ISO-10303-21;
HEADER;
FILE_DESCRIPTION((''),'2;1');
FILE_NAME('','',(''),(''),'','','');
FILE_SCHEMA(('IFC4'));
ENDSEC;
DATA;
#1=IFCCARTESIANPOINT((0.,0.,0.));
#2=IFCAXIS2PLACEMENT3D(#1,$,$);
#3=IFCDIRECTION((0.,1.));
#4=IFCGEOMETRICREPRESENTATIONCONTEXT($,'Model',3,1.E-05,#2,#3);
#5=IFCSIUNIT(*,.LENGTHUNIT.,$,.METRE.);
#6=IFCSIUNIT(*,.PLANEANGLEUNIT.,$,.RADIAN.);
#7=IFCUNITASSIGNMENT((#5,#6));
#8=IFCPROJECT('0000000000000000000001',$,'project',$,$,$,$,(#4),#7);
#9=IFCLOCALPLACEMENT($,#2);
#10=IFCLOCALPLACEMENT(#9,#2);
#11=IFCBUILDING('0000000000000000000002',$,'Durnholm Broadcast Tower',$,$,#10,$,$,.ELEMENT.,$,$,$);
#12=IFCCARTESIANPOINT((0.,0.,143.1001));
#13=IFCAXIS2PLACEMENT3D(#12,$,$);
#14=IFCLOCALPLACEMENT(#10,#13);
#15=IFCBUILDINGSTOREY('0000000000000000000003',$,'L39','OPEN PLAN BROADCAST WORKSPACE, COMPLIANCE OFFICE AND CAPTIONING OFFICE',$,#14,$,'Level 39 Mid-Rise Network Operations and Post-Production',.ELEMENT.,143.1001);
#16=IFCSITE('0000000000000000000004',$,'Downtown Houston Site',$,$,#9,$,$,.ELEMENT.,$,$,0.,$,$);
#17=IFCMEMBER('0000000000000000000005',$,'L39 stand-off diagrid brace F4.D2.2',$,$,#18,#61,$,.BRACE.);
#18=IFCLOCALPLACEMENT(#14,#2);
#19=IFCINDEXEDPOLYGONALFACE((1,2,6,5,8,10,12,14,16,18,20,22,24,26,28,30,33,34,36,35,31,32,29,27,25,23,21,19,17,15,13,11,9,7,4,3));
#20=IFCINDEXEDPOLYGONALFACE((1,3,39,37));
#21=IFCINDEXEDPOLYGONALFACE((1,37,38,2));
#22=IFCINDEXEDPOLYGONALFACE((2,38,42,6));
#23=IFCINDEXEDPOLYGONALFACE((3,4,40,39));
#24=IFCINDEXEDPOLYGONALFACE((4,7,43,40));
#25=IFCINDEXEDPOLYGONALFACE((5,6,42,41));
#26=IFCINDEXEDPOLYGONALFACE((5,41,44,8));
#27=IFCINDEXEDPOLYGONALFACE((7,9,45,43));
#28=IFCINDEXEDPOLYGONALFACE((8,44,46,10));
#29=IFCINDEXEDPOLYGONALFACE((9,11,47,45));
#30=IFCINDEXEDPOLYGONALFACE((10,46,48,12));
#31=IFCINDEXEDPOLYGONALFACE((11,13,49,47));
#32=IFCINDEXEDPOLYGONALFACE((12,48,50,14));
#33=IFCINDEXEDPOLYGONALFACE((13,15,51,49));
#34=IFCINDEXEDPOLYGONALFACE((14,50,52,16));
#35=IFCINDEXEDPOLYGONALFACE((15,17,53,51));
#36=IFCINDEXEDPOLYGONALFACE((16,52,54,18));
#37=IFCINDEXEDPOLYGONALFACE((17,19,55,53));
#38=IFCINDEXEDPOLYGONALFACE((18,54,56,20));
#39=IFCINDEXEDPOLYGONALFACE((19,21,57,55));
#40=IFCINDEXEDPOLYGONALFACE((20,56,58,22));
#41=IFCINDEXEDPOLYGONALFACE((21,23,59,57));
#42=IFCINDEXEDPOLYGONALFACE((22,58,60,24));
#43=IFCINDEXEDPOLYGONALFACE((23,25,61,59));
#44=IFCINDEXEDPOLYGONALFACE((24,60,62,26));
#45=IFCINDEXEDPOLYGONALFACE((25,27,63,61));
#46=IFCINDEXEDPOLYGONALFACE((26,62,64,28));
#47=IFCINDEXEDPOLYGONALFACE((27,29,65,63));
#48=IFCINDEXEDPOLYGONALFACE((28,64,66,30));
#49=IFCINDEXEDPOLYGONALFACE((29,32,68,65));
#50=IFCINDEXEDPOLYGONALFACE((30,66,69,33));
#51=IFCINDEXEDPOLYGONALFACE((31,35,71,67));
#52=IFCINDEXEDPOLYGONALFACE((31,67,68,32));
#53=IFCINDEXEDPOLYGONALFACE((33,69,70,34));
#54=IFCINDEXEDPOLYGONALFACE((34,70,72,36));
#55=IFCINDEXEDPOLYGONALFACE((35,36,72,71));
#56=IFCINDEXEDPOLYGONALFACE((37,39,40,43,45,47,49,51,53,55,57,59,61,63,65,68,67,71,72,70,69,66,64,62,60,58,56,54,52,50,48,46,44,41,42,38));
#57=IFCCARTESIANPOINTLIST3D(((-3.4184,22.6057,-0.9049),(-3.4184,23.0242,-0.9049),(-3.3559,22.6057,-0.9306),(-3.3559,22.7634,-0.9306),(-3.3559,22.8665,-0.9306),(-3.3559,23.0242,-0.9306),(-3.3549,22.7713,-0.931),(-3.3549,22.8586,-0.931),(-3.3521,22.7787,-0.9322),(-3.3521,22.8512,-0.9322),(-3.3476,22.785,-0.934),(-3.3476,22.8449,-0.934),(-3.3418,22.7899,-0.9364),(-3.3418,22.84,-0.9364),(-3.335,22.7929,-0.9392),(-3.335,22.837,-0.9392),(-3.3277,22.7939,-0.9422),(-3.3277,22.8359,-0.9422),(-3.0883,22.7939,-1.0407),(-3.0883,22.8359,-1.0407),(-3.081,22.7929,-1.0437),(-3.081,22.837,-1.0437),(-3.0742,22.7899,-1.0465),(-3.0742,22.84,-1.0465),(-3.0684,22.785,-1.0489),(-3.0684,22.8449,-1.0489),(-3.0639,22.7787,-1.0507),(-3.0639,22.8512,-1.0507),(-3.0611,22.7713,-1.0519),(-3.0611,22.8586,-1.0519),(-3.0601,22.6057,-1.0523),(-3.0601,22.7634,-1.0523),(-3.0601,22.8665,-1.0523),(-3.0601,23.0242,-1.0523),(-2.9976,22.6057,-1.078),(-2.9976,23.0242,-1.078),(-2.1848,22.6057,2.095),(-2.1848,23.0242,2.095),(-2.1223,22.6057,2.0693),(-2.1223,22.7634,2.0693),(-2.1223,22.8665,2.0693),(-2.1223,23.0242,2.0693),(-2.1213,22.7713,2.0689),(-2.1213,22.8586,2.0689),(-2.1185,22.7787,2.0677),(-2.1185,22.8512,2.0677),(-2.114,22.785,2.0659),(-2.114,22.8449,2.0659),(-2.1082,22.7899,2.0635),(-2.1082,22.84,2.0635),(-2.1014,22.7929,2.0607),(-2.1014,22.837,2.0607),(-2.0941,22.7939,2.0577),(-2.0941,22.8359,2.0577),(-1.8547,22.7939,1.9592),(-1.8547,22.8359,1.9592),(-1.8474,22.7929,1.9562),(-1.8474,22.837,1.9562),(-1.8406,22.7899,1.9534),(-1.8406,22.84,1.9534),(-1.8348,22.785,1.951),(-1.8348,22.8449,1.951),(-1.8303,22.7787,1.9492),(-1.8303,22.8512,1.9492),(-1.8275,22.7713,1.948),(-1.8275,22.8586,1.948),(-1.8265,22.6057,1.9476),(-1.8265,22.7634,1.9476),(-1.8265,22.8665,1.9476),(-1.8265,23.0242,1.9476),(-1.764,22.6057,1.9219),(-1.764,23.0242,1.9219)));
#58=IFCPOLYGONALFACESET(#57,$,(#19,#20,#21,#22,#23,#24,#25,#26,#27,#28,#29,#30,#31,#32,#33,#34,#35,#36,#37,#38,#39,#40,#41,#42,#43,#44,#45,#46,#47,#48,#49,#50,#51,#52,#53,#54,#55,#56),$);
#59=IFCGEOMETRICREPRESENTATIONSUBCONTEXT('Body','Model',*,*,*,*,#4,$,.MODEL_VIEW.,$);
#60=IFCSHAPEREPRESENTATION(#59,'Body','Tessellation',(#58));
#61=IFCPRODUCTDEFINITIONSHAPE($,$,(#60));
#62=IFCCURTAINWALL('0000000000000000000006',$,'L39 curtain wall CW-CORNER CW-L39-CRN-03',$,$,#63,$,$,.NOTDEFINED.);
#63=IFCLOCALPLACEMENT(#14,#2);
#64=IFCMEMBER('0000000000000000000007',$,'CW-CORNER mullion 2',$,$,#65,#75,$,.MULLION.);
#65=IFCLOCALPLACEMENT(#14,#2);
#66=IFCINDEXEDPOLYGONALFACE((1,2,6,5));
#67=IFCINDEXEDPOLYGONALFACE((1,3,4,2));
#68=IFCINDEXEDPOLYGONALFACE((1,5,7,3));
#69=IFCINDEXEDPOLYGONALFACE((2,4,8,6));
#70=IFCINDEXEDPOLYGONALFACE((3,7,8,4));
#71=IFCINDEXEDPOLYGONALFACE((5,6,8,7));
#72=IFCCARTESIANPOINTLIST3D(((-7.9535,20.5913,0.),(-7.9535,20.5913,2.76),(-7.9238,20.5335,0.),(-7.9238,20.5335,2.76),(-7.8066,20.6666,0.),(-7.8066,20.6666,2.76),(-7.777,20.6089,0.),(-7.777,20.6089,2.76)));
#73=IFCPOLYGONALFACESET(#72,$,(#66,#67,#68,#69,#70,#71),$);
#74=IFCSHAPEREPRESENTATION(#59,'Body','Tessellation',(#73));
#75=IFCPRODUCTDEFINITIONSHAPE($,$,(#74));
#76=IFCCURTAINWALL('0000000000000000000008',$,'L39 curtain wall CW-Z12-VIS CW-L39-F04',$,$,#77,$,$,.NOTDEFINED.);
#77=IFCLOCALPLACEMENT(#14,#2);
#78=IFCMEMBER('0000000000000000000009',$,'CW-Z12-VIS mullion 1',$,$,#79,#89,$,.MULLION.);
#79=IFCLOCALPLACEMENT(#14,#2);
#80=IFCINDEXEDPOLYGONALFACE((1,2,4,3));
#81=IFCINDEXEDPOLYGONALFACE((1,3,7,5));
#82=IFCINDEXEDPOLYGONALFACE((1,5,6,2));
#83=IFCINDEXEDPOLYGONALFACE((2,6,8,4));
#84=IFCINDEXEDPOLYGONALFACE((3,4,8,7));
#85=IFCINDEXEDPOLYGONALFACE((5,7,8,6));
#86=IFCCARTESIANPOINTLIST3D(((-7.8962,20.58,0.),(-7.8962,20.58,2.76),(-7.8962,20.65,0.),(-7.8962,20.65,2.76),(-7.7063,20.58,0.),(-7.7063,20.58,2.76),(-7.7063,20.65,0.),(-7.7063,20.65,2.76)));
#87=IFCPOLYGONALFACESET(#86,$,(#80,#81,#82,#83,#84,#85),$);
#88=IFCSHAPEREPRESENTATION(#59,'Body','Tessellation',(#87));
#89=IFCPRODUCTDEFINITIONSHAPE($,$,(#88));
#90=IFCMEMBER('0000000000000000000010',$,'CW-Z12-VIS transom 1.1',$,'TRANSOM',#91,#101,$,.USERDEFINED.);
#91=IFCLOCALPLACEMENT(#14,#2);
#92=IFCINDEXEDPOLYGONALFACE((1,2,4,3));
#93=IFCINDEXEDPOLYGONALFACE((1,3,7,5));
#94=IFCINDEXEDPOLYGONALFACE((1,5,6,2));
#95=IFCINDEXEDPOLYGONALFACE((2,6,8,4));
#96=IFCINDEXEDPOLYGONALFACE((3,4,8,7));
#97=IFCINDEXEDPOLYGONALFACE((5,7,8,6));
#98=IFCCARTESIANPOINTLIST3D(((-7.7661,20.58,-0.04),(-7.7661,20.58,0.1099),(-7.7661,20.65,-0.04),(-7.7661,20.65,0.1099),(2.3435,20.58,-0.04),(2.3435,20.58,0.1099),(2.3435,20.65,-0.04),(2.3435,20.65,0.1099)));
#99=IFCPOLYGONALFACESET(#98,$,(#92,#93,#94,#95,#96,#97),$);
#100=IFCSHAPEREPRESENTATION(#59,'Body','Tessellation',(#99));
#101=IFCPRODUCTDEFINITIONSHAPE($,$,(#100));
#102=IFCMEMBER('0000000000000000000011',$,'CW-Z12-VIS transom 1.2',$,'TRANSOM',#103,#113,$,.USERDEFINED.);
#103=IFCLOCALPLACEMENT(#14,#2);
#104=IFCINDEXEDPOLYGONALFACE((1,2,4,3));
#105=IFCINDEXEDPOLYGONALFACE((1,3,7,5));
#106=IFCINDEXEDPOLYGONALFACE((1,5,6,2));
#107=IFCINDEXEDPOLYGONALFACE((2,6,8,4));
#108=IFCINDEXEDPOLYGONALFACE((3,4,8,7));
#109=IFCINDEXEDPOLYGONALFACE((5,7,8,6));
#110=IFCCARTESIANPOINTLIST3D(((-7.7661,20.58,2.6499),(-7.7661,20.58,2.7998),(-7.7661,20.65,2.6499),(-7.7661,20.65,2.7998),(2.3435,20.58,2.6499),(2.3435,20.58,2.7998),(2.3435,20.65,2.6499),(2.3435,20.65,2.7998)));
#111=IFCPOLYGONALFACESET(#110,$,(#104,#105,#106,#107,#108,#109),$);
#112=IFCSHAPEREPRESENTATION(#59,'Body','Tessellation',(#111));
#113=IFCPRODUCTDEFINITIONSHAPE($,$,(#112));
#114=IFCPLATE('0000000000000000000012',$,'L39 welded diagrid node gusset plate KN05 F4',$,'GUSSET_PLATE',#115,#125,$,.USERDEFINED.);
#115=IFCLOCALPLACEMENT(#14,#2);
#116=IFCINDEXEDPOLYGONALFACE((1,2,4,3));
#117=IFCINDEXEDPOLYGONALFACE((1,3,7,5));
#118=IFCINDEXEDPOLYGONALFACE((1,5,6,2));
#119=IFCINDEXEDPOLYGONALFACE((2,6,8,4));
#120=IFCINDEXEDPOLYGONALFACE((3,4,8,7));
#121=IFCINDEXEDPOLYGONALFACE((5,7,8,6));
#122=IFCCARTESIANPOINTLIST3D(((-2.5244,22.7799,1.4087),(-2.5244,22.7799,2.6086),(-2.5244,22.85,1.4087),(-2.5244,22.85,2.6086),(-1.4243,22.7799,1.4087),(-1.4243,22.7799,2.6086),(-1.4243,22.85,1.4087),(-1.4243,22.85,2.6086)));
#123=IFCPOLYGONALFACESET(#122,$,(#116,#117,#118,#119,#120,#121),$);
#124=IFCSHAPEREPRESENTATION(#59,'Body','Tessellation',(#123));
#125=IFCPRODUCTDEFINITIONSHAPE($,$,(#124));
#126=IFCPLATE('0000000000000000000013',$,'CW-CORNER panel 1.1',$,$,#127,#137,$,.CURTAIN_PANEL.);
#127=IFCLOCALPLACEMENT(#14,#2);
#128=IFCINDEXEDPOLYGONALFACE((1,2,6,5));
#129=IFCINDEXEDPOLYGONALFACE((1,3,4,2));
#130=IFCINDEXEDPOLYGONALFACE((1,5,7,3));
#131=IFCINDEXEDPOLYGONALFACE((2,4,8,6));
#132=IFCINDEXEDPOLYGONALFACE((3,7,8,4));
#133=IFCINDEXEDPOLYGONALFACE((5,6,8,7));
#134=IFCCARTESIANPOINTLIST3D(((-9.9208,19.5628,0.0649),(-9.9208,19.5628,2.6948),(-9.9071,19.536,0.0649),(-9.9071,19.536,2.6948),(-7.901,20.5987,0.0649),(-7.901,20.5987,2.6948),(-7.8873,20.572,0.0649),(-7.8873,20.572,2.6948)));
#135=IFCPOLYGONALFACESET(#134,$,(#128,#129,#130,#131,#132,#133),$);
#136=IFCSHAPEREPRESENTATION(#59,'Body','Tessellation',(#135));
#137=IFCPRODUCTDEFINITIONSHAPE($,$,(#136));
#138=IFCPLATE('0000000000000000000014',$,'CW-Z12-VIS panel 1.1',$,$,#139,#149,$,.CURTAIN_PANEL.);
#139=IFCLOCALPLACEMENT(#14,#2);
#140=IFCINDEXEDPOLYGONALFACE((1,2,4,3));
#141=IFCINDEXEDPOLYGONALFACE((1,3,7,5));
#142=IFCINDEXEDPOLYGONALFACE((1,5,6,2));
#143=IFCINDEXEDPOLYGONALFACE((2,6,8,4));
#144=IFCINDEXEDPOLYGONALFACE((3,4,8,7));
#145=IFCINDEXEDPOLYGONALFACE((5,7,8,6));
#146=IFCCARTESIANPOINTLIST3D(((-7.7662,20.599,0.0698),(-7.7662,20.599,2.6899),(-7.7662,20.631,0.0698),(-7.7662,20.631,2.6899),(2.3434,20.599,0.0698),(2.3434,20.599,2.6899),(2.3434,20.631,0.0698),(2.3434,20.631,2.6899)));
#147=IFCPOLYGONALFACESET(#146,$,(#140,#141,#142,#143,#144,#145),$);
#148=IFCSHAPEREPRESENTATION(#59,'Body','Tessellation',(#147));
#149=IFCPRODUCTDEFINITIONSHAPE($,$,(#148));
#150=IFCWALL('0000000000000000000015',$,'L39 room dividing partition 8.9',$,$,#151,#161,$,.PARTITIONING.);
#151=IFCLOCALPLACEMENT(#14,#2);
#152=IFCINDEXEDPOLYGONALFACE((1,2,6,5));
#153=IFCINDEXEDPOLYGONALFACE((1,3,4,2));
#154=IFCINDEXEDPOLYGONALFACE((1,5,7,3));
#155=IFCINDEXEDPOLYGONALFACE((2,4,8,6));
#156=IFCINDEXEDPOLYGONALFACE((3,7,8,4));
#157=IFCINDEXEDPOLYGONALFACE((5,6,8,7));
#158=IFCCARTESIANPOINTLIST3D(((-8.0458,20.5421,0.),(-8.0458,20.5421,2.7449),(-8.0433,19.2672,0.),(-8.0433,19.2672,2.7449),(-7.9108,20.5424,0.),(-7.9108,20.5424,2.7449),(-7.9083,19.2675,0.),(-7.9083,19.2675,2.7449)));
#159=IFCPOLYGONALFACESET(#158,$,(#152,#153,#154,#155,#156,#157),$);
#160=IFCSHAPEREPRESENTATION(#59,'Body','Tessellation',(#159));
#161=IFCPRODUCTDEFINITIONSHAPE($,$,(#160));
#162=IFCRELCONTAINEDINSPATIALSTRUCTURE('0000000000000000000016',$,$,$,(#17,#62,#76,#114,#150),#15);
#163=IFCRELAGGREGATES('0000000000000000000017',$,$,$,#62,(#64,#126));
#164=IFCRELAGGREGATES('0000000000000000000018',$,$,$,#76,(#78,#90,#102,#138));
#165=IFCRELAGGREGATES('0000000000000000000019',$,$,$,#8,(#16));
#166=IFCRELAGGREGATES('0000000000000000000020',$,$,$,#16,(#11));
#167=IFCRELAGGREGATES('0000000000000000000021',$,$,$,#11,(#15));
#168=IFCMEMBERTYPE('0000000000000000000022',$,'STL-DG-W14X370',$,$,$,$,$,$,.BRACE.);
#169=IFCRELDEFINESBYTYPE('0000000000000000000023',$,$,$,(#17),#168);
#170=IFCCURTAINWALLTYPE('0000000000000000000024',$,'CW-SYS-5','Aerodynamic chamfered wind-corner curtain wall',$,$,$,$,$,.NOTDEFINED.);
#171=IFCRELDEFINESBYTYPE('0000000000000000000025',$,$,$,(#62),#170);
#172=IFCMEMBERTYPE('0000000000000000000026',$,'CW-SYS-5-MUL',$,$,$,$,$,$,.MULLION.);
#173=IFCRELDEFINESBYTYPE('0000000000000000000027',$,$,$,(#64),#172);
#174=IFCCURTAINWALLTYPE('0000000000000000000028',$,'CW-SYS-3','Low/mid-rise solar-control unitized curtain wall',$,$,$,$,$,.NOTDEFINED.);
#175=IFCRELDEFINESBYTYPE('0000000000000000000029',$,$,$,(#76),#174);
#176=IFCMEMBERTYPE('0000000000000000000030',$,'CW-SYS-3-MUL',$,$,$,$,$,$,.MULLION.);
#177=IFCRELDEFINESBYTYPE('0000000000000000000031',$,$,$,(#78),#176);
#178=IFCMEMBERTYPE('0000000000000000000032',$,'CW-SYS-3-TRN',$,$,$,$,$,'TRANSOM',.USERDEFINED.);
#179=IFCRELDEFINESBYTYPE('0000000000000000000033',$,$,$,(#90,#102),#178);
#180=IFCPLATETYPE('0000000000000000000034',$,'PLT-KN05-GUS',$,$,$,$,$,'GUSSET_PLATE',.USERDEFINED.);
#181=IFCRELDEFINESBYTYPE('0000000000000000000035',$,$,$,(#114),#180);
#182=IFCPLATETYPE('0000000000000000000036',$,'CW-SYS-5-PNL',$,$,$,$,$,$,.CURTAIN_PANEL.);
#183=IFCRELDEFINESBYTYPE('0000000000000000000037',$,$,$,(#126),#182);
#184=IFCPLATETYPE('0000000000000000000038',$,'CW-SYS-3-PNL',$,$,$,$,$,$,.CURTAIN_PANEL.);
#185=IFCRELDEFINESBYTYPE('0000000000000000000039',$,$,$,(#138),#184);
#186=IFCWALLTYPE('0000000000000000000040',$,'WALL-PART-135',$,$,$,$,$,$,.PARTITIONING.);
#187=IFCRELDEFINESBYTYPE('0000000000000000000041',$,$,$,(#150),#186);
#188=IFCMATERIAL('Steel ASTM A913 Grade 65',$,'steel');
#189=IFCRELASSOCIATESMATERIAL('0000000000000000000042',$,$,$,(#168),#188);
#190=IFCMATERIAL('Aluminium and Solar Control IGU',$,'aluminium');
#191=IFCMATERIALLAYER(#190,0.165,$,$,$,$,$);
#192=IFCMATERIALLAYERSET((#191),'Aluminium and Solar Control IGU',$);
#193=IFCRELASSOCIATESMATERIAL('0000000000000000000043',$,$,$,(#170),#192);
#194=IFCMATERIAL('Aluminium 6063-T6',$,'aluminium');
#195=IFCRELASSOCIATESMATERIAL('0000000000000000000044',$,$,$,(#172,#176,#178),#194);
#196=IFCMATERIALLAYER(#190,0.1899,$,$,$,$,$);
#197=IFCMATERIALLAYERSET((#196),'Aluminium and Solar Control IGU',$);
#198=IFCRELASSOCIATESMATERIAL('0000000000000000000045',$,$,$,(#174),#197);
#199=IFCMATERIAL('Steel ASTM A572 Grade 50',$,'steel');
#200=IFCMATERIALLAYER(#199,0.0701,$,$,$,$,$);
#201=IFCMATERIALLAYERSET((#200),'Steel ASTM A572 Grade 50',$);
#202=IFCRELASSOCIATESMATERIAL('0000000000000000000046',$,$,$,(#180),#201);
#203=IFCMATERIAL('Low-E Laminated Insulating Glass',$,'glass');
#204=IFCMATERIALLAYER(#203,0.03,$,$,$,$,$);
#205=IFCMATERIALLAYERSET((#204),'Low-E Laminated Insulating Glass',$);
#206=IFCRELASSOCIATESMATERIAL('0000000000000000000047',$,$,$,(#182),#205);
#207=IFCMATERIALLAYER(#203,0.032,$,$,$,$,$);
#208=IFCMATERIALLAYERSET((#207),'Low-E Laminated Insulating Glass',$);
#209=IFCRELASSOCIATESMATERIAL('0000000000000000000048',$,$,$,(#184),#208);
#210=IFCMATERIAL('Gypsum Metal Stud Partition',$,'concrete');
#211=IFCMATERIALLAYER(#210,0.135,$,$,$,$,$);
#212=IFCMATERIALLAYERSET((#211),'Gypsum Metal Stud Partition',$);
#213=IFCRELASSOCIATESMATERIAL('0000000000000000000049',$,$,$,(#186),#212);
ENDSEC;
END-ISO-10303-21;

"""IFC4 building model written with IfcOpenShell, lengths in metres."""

from ifc_helpers import new_model, si_unit, direction, frame, frame_2d, origin, origin_2d, place, context, subcontext, project, spatial, rectangle, i_section, extrude, source, transform, mapped, material, layer, layer_set, material_profile, profile_set, type_object, type_shapes, element, aggregate, save


model = new_model("IFC4")

# Units and contexts
model_context = context("Model", 3, precision=1e-05, world=origin(), true_north=direction((0.0, 1.0)))
body_context = subcontext(model_context, "Body", "Model", "MODEL_VIEW")
ifc_project = project(units=[si_unit("LENGTHUNIT", "METRE"), si_unit("PLANEANGLEUNIT", "RADIAN")], contexts=[model_context])

# Site, building, storey
site_placement = place(None, origin())
site = spatial("IfcSite", under=ifc_project, at=site_placement, Name="Downtown Houston Site", CompositionType="ELEMENT", RefElevation=0.0)
building_placement = place(site_placement, origin())
building = spatial("IfcBuilding", under=site, at=building_placement, Name="Durnholm Broadcast Tower", CompositionType="ELEMENT")
storey_placement = place(building_placement, frame((0.0, 0.0, 143.1001)))
storey = spatial("IfcBuildingStorey", under=building, at=storey_placement, Name="L39", Description="OPEN PLAN BROADCAST WORKSPACE, COMPLIANCE OFFICE AND CAPTIONING OFFICE", LongName="Level 39 Mid-Rise Network Operations and Post-Production", CompositionType="ELEMENT", Elevation=143.1001)

# Member
ifc_material_1 = material(Name="Steel ASTM A913 Grade 65", Category="steel")
ifc_material_profile_1 = material_profile(ifc_material_1, i_section(OverallWidth=0.4185, OverallDepth=0.4551, WebThickness=0.042, FlangeThickness=0.0676, FilletRadius=0.0305, at=origin_2d()), Name="W14X370")
ifc_profile_set_1 = profile_set([ifc_material_profile_1], Name="Steel ASTM A913 Grade 65")
member_type_1 = type_object("IfcMemberType", Name="STL-DG-W14X370", PredefinedType="BRACE", material=ifc_profile_set_1)
shared_shape_1 = source(origin(), body_context, "Body", "SweptSolid", [
    extrude(i_section(OverallWidth=0.4185, OverallDepth=0.4551, WebThickness=0.042, FlangeThickness=0.0676, FilletRadius=0.0305, at=origin_2d()), origin(), (0.0, 0.0, 1.0), 3.2437),
])
member_1_placement = place(storey_placement, frame((-3.208, 22.8149, -0.9915), z_axis=(0.380314, 0.0, 0.924857), x_axis=(0.0, 1.0, 0.0)))
element("IfcMember", 1, at=member_1_placement, inside=storey, type_object=member_type_1, Name="L39 stand-off diagrid brace F4.D2.2", PredefinedType="BRACE", context=body_context, shape_type="MappedRepresentation", body=[
    mapped(shared_shape_1, transform((0.0, 0.0, 0.0), x_axis=(1.0, 0.0, 0.0), y_axis=(0.0, 1.0, 0.0), z_axis=(0.0, 0.0, 1.0), scale=1.0)),
])

# Curtain wall, member
ifc_material_2 = material(Name="Aluminium and Solar Control IGU", Category="aluminium")
ifc_layer_1 = layer(ifc_material_2, 0.165)
ifc_layer_set_1 = layer_set([ifc_layer_1], Name="Aluminium and Solar Control IGU")
curtain_wall_type_1 = type_object("IfcCurtainWallType", Name="CW-SYS-5", Description="Aerodynamic chamfered wind-corner curtain wall", PredefinedType="NOTDEFINED", material=ifc_layer_set_1)
curtain_wall_1_placement = place(storey_placement, origin())
curtain_wall_1 = element("IfcCurtainWall", 2, at=curtain_wall_1_placement, inside=storey, type_object=curtain_wall_type_1, Name="L39 curtain wall CW-CORNER CW-L39-CRN-03", PredefinedType="NOTDEFINED")
ifc_material_3 = material(Name="Aluminium 6063-T6", Category="aluminium")
ifc_material_profile_2 = material_profile(ifc_material_3, rectangle(XDim=0.0649, YDim=0.165, at=origin_2d()), Name="CWM65X165")
ifc_profile_set_2 = profile_set([ifc_material_profile_2], Name="Aluminium 6063-T6")
member_type_2 = type_object("IfcMemberType", Name="CW-SYS-5-MUL", PredefinedType="MULLION", material=ifc_profile_set_2)
shared_shape_2 = source(origin(), body_context, "Body", "SweptSolid", [
    extrude(rectangle(XDim=0.0649, YDim=0.165, at=origin_2d()), origin(), (0.0, 0.0, 1.0), 2.76),
])
type_shapes(member_type_2, [shared_shape_2])
member_2_placement = place(storey_placement, frame((-7.8652, 20.6001, 0.0), z_axis=(0.0, 0.0, 1.0), x_axis=(-0.456373, 0.889788, 0.0)))
member_2 = element("IfcMember", 3, at=member_2_placement, type_object=member_type_2, Name="CW-CORNER mullion 2", PredefinedType="MULLION", context=body_context, shape_type="MappedRepresentation", body=[
    mapped(shared_shape_2, transform((0.0, 0.0, 0.0), x_axis=(1.0, 0.0, 0.0), y_axis=(0.0, 1.0, 0.0), z_axis=(0.0, 0.0, 1.0), scale=1.0)),
])

# Curtain wall, members
ifc_layer_2 = layer(ifc_material_2, 0.1899)
ifc_layer_set_2 = layer_set([ifc_layer_2], Name="Aluminium and Solar Control IGU")
curtain_wall_type_2 = type_object("IfcCurtainWallType", Name="CW-SYS-3", Description="Low/mid-rise solar-control unitized curtain wall", PredefinedType="NOTDEFINED", material=ifc_layer_set_2)
curtain_wall_2_placement = place(storey_placement, origin())
curtain_wall_2 = element("IfcCurtainWall", 4, at=curtain_wall_2_placement, inside=storey, type_object=curtain_wall_type_2, Name="L39 curtain wall CW-Z12-VIS CW-L39-F04", PredefinedType="NOTDEFINED")
ifc_material_profile_3 = material_profile(ifc_material_3, rectangle(XDim=0.0701, YDim=0.1899, at=origin_2d()), Name="CWM70X190")
ifc_profile_set_3 = profile_set([ifc_material_profile_3], Name="Aluminium 6063-T6")
member_type_3 = type_object("IfcMemberType", Name="CW-SYS-3-MUL", PredefinedType="MULLION", material=ifc_profile_set_3)
shared_shape_3 = source(origin(), body_context, "Body", "SweptSolid", [
    extrude(rectangle(XDim=0.0701, YDim=0.1899, at=origin_2d()), origin(), (0.0, 0.0, 1.0), 2.76),
])
type_shapes(member_type_3, [shared_shape_3])
member_3_placement = place(storey_placement, frame((-7.8013, 20.615, 0.0), z_axis=(0.0, 0.0, 1.0), x_axis=(0.0, 1.0, 0.0)))
member_3 = element("IfcMember", 5, at=member_3_placement, type_object=member_type_3, Name="CW-Z12-VIS mullion 1", PredefinedType="MULLION", context=body_context, shape_type="MappedRepresentation", body=[
    mapped(shared_shape_3, transform((0.0, 0.0, 0.0), x_axis=(1.0, 0.0, 0.0), y_axis=(0.0, 1.0, 0.0), z_axis=(0.0, 0.0, 1.0), scale=1.0)),
])
ifc_material_profile_4 = material_profile(ifc_material_3, rectangle(XDim=0.0701, YDim=0.1499, at=origin_2d()), Name="CWT70X150")
ifc_profile_set_4 = profile_set([ifc_material_profile_4], Name="Aluminium 6063-T6")
member_type_4 = type_object("IfcMemberType", Name="CW-SYS-3-TRN", ElementType="TRANSOM", PredefinedType="USERDEFINED", material=ifc_profile_set_4)
shared_shape_4 = source(origin(), body_context, "Body", "SweptSolid", [
    extrude(rectangle(XDim=0.0701, YDim=0.1499, at=origin_2d()), origin(), (0.0, 0.0, 1.0), 10.1096),
])
type_shapes(member_type_4, [shared_shape_4])
member_4_placement = place(storey_placement, frame((-7.7661, 20.615, 0.0349), z_axis=(1.0, 0.0, 0.0), x_axis=(0.0, 1.0, 0.0)))
member_4 = element("IfcMember", 6, at=member_4_placement, type_object=member_type_4, Name="CW-Z12-VIS transom 1.1", ObjectType="TRANSOM", PredefinedType="USERDEFINED", context=body_context, shape_type="MappedRepresentation", body=[
    mapped(shared_shape_4, transform((0.0, 0.0, 0.0), x_axis=(1.0, 0.0, 0.0), y_axis=(0.0, 1.0, 0.0), z_axis=(0.0, 0.0, 1.0), scale=1.0)),
])
member_5_placement = place(storey_placement, frame((-7.7661, 20.615, 2.7249), z_axis=(1.0, 0.0, 0.0), x_axis=(0.0, 1.0, 0.0)))
member_5 = element("IfcMember", 7, at=member_5_placement, type_object=member_type_4, Name="CW-Z12-VIS transom 1.2", ObjectType="TRANSOM", PredefinedType="USERDEFINED", context=body_context, shape_type="MappedRepresentation", body=[
    mapped(shared_shape_4, transform((0.0, 0.0, 0.0), x_axis=(1.0, 0.0, 0.0), y_axis=(0.0, 1.0, 0.0), z_axis=(0.0, 0.0, 1.0), scale=1.0)),
])

# Plates
ifc_material_4 = material(Name="Steel ASTM A572 Grade 50", Category="steel")
ifc_layer_3 = layer(ifc_material_4, 0.0701)
ifc_layer_set_3 = layer_set([ifc_layer_3], Name="Steel ASTM A572 Grade 50")
plate_type_1 = type_object("IfcPlateType", Name="PLT-KN05-GUS", ElementType="GUSSET_PLATE", PredefinedType="USERDEFINED", material=ifc_layer_set_3)
shared_shape_5 = source(origin(), body_context, "Body", "SweptSolid", [
    extrude(rectangle(XDim=1.1001, YDim=0.0701, at=origin_2d()), origin(), (0.0, 0.0, 1.0), 1.2),
])
type_shapes(plate_type_1, [shared_shape_5])
plate_1_placement = place(storey_placement, frame((-1.9744, 22.8149, 1.4087), z_axis=(0.0, 0.0, 1.0), x_axis=(-1.0, 0.0, 0.0)))
element("IfcPlate", 8, at=plate_1_placement, inside=storey, type_object=plate_type_1, Name="L39 welded diagrid node gusset plate KN05 F4", ObjectType="GUSSET_PLATE", PredefinedType="USERDEFINED", context=body_context, shape_type="MappedRepresentation", body=[
    mapped(shared_shape_5, transform((0.0, 0.0, 0.0), x_axis=(1.0, 0.0, 0.0), y_axis=(0.0, 1.0, 0.0), z_axis=(0.0, 0.0, 1.0), scale=1.0)),
])
ifc_material_5 = material(Name="Low-E Laminated Insulating Glass", Category="glass")
ifc_layer_4 = layer(ifc_material_5, 0.03)
ifc_layer_set_4 = layer_set([ifc_layer_4], Name="Low-E Laminated Insulating Glass")
plate_type_2 = type_object("IfcPlateType", Name="CW-SYS-5-PNL", PredefinedType="CURTAIN_PANEL", material=ifc_layer_set_4)
shared_shape_6 = source(origin(), body_context, "Body", "SweptSolid", [
    extrude(rectangle(XDim=2.27, YDim=0.03, at=origin_2d()), origin(), (0.0, 0.0, 1.0), 2.6299),
])
type_shapes(plate_type_2, [shared_shape_6])
plate_2_placement = place(storey_placement, frame((-8.9041, 20.0674, 0.0649), z_axis=(0.0, 0.0, 1.0), x_axis=(0.889788, 0.456373, 0.0)))
plate_2 = element("IfcPlate", 9, at=plate_2_placement, type_object=plate_type_2, Name="CW-CORNER panel 1.1", PredefinedType="CURTAIN_PANEL", context=body_context, shape_type="MappedRepresentation", body=[
    mapped(shared_shape_6, transform((0.0, 0.0, 0.0), x_axis=(1.0, 0.0, 0.0), y_axis=(0.0, 1.0, 0.0), z_axis=(0.0, 0.0, 1.0), scale=1.0)),
])
aggregate(curtain_wall_1, [member_2, plate_2])
ifc_layer_5 = layer(ifc_material_5, 0.032)
ifc_layer_set_5 = layer_set([ifc_layer_5], Name="Low-E Laminated Insulating Glass")
plate_type_3 = type_object("IfcPlateType", Name="CW-SYS-3-PNL", PredefinedType="CURTAIN_PANEL", material=ifc_layer_set_5)
shared_shape_7 = source(origin(), body_context, "Body", "SweptSolid", [
    extrude(rectangle(XDim=10.1096, YDim=0.032, at=origin_2d()), origin(), (0.0, 0.0, 1.0), 2.6201),
])
type_shapes(plate_type_3, [shared_shape_7])
plate_3_placement = place(storey_placement, frame((-2.7114, 20.615, 0.0698), z_axis=(0.0, 0.0, 1.0), x_axis=(1.0, 0.0, 0.0)))
plate_3 = element("IfcPlate", 10, at=plate_3_placement, type_object=plate_type_3, Name="CW-Z12-VIS panel 1.1", PredefinedType="CURTAIN_PANEL", context=body_context, shape_type="MappedRepresentation", body=[
    mapped(shared_shape_7, transform((0.0, 0.0, 0.0), x_axis=(1.0, 0.0, 0.0), y_axis=(0.0, 1.0, 0.0), z_axis=(0.0, 0.0, 1.0), scale=1.0)),
])
aggregate(curtain_wall_2, [member_3, member_4, member_5, plate_3])

# Wall
ifc_material_6 = material(Name="Gypsum Metal Stud Partition", Category="concrete")
ifc_layer_6 = layer(ifc_material_6, 0.135)
ifc_layer_set_6 = layer_set([ifc_layer_6], Name="Gypsum Metal Stud Partition")
wall_type_1 = type_object("IfcWallType", Name="WALL-PART-135", PredefinedType="PARTITIONING", material=ifc_layer_set_6)
wall_1_placement = place(storey_placement, frame((-7.9783, 20.5422, 0.0), z_axis=(0.0, 0.0, 1.0), x_axis=(0.001915, -0.999998, 0.0)))
element("IfcWall", 11, at=wall_1_placement, inside=storey, type_object=wall_type_1, Name="L39 room dividing partition 8.9", PredefinedType="PARTITIONING", context=body_context, shape_type="SweptSolid", body=[
    extrude(rectangle(XDim=1.2749, YDim=0.135, at=frame_2d((0.6375, 0.0))), origin(), (0.0, 0.0, 1.0), 2.7449),
])

save(model, "model.ifc")
